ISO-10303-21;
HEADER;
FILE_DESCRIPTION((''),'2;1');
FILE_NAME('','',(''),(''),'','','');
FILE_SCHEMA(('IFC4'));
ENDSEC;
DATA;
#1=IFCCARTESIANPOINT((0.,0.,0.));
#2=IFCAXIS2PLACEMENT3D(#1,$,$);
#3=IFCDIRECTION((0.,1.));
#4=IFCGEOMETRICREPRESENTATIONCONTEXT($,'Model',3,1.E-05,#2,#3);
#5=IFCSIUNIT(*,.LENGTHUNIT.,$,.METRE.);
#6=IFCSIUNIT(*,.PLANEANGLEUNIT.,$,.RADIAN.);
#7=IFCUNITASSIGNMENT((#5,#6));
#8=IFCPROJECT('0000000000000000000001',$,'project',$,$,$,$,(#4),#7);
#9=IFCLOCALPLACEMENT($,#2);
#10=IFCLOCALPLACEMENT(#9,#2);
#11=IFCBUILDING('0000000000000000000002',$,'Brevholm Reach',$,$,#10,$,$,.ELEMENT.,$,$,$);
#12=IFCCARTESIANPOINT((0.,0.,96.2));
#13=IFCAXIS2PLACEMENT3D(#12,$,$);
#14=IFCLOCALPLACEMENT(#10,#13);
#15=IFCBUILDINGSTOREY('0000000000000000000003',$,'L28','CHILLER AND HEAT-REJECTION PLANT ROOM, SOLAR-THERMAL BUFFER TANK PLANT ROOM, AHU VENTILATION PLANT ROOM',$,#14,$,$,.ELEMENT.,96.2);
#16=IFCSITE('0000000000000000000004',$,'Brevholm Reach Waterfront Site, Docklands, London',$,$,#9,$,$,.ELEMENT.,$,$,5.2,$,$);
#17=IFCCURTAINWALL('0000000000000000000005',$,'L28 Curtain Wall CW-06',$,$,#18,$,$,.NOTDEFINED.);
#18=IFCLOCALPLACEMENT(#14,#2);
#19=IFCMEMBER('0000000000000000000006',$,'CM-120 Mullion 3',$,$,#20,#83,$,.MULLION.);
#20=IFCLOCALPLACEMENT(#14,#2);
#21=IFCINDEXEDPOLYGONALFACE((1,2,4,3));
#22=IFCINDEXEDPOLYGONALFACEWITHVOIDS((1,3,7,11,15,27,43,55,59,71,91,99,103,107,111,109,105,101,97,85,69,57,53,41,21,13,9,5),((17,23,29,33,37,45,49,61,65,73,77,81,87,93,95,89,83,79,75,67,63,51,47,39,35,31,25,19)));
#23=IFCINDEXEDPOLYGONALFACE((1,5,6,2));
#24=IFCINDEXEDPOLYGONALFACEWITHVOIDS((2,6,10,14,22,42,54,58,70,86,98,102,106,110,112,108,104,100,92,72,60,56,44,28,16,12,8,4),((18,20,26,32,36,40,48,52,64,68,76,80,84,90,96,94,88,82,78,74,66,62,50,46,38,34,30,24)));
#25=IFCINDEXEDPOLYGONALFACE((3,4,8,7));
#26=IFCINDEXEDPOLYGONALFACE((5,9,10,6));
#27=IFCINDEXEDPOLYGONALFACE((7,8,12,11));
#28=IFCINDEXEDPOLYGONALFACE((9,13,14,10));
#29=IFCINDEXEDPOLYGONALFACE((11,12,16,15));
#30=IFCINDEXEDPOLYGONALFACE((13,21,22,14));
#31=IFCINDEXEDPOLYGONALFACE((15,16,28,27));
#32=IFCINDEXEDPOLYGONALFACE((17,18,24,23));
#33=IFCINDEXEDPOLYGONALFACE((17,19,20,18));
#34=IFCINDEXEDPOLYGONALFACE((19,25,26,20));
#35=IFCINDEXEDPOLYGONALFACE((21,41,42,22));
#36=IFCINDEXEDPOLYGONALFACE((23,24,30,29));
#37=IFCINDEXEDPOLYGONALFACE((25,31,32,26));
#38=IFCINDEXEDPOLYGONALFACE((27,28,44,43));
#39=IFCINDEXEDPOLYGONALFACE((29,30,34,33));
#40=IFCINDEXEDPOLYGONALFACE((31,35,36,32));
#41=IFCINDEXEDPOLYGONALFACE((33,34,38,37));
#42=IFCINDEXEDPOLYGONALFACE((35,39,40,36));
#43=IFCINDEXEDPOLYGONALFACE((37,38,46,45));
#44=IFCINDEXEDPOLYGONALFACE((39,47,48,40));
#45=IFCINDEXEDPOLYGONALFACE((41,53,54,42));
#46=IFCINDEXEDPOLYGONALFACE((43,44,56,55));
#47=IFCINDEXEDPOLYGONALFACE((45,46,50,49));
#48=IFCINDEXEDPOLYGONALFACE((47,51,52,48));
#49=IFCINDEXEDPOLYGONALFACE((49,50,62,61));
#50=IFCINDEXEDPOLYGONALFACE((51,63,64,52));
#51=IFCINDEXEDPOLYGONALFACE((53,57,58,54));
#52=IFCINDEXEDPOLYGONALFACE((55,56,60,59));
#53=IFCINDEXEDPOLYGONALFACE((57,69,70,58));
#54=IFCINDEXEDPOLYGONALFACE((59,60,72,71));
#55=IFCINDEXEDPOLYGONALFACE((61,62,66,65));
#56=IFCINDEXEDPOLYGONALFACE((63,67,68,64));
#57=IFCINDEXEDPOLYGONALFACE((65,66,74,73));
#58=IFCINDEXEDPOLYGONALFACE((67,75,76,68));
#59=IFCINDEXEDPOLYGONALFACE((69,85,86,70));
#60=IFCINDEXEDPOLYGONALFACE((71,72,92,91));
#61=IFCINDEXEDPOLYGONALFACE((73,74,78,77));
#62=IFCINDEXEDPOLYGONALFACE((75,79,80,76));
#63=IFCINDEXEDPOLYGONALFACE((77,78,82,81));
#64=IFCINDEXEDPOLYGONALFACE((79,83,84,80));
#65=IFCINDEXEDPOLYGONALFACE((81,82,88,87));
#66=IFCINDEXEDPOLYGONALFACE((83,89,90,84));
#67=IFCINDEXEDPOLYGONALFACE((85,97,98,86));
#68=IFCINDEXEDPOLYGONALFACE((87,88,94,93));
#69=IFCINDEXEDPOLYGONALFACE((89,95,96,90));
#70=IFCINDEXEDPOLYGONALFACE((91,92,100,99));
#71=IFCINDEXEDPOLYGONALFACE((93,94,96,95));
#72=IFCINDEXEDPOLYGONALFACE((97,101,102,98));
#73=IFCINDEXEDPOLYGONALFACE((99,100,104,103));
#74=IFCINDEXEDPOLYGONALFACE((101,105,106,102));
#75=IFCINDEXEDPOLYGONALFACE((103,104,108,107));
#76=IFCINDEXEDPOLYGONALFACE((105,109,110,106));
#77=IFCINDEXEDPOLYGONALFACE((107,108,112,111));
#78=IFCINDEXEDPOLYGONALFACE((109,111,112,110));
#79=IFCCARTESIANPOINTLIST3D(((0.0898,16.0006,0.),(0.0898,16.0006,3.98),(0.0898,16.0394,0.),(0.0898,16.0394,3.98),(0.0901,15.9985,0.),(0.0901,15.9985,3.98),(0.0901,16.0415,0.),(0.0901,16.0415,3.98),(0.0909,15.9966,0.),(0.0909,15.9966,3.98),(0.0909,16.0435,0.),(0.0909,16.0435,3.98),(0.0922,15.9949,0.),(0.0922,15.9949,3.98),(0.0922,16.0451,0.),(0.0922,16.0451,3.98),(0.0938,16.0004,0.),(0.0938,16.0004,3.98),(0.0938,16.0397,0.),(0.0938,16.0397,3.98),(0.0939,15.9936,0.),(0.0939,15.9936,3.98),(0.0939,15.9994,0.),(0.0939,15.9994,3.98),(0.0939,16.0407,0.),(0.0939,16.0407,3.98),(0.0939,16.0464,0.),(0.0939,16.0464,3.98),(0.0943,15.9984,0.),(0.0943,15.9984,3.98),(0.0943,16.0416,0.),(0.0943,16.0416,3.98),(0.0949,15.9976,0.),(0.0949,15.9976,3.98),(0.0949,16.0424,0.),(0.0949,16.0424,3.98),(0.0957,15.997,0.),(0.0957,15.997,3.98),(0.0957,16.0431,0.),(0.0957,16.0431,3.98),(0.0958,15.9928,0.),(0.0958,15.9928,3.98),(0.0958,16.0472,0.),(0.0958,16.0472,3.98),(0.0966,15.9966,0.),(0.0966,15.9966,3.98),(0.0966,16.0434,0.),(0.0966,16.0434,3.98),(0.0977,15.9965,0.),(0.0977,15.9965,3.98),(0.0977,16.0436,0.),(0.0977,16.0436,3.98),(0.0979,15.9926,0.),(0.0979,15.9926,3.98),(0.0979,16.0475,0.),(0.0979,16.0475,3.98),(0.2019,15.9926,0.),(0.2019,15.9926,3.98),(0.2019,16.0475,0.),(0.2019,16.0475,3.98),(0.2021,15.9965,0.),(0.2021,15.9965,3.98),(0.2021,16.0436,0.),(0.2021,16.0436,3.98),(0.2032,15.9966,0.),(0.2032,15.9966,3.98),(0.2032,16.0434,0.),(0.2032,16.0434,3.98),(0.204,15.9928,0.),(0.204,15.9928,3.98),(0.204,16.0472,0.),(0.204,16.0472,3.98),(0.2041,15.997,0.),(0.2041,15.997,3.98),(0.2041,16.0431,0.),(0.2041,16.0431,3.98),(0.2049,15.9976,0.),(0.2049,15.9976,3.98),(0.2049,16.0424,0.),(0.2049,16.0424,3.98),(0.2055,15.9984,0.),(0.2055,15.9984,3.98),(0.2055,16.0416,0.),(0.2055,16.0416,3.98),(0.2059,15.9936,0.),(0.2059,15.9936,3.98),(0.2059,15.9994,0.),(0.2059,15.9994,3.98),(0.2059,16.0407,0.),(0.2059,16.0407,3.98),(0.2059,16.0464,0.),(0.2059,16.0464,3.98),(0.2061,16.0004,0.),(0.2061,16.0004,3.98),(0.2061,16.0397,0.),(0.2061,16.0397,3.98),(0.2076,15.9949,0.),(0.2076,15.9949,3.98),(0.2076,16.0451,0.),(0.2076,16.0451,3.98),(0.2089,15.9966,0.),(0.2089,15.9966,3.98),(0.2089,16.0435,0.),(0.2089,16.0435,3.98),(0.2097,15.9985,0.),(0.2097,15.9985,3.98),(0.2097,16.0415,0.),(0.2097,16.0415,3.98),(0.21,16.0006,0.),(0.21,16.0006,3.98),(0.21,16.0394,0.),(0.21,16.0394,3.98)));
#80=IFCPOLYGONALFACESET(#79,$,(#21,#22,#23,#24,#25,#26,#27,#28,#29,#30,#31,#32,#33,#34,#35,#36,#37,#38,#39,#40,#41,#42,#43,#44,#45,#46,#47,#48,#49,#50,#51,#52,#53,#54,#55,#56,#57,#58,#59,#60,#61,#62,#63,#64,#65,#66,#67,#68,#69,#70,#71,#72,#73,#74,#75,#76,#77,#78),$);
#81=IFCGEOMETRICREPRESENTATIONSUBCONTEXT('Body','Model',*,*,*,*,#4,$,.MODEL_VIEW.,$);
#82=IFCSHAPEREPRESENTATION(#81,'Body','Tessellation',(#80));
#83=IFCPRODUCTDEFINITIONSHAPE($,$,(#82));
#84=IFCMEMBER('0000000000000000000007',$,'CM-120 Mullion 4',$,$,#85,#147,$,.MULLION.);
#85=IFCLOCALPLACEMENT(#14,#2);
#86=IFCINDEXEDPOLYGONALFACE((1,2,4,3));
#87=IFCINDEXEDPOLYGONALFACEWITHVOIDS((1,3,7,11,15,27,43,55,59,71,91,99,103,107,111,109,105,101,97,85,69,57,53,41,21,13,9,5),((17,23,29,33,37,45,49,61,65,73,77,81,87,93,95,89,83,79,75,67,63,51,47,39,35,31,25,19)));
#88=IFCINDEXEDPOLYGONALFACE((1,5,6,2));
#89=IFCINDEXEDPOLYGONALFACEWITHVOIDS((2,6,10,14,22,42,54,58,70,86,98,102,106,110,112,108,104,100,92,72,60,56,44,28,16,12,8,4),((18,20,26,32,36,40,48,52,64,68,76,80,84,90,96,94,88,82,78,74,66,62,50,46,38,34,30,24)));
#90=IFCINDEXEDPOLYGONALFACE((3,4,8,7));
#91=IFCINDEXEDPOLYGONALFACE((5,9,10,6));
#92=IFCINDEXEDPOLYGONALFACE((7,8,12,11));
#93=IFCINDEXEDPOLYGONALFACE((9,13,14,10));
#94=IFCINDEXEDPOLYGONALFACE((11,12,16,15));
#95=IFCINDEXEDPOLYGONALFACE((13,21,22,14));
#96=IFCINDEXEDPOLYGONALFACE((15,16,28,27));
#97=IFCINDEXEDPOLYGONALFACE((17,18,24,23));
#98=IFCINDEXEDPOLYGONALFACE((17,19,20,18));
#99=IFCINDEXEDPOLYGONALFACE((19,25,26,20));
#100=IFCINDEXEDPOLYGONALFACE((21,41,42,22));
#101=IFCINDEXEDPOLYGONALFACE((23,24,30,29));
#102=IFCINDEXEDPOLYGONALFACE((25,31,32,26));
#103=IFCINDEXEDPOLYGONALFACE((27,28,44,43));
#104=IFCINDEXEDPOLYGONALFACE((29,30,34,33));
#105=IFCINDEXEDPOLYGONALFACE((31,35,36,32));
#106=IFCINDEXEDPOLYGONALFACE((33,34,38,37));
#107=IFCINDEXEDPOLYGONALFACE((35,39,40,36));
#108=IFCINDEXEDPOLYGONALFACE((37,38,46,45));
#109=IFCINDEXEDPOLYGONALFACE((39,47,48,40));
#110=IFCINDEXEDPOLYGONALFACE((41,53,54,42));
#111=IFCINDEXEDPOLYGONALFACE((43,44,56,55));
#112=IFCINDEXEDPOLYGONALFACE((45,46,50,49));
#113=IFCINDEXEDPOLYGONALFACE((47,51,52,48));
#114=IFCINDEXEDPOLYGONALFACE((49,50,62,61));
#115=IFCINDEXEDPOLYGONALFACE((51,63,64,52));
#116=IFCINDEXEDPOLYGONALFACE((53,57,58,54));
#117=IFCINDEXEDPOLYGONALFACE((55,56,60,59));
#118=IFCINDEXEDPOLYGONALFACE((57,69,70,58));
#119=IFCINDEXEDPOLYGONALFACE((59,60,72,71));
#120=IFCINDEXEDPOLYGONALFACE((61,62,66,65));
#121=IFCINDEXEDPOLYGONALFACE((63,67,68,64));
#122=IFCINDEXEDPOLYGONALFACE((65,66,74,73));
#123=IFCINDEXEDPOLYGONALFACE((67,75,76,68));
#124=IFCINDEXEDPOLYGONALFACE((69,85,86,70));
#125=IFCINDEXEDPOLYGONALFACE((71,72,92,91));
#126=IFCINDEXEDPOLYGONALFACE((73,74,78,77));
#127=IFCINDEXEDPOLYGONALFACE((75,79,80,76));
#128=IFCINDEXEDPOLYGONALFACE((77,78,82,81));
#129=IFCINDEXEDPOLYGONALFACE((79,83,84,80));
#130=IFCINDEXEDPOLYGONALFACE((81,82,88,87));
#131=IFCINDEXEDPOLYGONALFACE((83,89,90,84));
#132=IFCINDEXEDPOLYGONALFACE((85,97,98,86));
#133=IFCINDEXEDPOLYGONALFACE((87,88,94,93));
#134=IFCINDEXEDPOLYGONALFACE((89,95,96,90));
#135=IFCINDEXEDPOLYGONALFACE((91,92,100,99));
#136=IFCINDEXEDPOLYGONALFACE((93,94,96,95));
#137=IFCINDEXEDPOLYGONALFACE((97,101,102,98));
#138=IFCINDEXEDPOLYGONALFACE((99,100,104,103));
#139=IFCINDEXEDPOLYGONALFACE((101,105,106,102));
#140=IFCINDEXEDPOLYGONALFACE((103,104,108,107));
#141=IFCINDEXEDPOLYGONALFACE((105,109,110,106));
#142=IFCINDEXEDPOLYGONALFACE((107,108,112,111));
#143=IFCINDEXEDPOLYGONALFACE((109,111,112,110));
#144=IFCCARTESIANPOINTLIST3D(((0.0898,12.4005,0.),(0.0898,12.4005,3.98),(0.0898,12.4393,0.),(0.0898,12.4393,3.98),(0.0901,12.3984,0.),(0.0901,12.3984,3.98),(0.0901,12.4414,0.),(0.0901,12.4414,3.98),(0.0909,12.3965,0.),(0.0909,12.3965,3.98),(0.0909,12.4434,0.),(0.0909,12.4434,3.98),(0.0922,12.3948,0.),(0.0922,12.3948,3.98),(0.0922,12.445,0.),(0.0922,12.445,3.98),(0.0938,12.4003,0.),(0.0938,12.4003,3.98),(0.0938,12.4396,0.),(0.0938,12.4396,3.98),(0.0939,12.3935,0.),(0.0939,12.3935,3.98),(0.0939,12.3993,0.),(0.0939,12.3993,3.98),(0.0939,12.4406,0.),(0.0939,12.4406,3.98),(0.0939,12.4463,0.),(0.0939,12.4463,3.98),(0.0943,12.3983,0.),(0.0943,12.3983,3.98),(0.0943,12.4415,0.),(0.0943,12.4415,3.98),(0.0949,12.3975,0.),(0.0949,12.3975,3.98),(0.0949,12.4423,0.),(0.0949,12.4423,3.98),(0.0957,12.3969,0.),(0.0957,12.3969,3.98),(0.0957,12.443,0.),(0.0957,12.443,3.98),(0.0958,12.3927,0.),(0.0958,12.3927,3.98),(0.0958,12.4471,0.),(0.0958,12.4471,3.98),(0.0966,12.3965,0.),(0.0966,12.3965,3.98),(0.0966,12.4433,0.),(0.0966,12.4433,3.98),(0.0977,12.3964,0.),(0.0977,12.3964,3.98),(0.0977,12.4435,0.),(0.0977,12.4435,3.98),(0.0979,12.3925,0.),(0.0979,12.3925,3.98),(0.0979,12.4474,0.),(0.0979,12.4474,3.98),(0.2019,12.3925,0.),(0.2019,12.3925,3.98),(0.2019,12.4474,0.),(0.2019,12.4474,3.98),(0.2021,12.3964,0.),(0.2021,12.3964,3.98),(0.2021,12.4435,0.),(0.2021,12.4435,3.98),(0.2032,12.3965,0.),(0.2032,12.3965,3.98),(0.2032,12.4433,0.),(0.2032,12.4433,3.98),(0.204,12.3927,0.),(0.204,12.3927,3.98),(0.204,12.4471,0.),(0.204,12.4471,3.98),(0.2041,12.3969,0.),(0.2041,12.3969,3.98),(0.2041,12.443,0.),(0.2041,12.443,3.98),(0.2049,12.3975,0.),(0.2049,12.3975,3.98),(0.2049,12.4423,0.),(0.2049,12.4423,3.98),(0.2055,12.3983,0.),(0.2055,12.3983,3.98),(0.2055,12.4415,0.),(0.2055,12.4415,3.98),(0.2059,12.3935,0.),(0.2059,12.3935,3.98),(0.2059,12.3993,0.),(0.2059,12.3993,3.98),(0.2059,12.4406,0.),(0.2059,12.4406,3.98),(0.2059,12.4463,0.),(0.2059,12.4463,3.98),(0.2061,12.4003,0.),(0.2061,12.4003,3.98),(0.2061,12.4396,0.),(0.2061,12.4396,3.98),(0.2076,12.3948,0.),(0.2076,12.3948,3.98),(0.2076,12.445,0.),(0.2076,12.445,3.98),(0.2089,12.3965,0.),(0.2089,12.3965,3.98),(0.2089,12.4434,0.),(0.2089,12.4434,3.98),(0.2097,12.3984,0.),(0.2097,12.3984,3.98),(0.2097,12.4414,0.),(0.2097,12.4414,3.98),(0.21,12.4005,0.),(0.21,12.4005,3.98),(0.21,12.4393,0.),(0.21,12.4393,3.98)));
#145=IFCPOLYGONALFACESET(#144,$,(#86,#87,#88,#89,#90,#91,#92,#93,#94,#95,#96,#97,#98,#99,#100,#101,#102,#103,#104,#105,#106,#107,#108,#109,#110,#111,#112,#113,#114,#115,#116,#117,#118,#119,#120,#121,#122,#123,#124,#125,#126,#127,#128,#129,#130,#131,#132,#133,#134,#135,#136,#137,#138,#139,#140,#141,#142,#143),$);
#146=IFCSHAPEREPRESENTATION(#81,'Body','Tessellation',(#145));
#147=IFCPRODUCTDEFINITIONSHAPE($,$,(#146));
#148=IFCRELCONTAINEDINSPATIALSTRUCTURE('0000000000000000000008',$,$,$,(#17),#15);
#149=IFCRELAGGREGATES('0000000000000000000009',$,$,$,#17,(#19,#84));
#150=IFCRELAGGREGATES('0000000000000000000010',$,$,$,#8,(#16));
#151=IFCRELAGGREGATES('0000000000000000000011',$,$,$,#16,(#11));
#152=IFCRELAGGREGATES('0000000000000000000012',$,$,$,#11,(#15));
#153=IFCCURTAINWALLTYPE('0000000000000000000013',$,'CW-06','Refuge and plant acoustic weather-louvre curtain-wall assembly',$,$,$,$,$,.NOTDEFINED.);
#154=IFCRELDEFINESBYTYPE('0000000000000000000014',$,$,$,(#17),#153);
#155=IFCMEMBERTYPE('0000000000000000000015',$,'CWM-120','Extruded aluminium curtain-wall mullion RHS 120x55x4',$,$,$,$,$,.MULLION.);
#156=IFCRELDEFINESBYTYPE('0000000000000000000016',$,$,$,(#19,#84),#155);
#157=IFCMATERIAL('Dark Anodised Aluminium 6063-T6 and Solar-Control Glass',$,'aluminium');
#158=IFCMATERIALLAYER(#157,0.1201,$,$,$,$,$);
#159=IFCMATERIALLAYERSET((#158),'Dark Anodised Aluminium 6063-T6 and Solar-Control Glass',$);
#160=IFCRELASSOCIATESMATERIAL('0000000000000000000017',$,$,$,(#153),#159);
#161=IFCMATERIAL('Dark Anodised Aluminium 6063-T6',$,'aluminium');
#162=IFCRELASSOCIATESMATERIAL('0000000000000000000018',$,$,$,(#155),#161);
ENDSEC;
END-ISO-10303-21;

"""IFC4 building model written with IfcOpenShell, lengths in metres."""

from ifc_helpers import new_model, si_unit, direction, frame, origin, origin_2d, place, context, subcontext, project, spatial, hollow_rectangle, extrude, material, layer, layer_set, material_profile, profile_set, type_object, element, aggregate, save


model = new_model("IFC4")

# Units and contexts
model_context = context("Model", 3, precision=1e-05, world=origin(), true_north=direction((0.0, 1.0)))
body_context = subcontext(model_context, "Body", "Model", "MODEL_VIEW")
ifc_project = project(units=[si_unit("LENGTHUNIT", "METRE"), si_unit("PLANEANGLEUNIT", "RADIAN")], contexts=[model_context])

# Site, building, storey
site_placement = place(None, origin())
site = spatial("IfcSite", under=ifc_project, at=site_placement, Name="Brevholm Reach Waterfront Site, Docklands, London", CompositionType="ELEMENT", RefElevation=5.2)
building_placement = place(site_placement, origin())
building = spatial("IfcBuilding", under=site, at=building_placement, Name="Brevholm Reach", CompositionType="ELEMENT")
storey_placement = place(building_placement, frame((0.0, 0.0, 96.2)))
storey = spatial("IfcBuildingStorey", under=building, at=storey_placement, Name="L28", Description="CHILLER AND HEAT-REJECTION PLANT ROOM, SOLAR-THERMAL BUFFER TANK PLANT ROOM, AHU VENTILATION PLANT ROOM", CompositionType="ELEMENT", Elevation=96.2)

# Curtain wall, members
ifc_material_1 = material(Name="Dark Anodised Aluminium 6063-T6 and Solar-Control Glass", Category="aluminium")
ifc_layer_1 = layer(ifc_material_1, 0.1201)
ifc_layer_set_1 = layer_set([ifc_layer_1], Name="Dark Anodised Aluminium 6063-T6 and Solar-Control Glass")
curtain_wall_type = type_object("IfcCurtainWallType", Name="CW-06", Description="Refuge and plant acoustic weather-louvre curtain-wall assembly", PredefinedType="NOTDEFINED", material=ifc_layer_set_1)
curtain_wall_placement = place(storey_placement, origin())
curtain_wall = element("IfcCurtainWall", 1, at=curtain_wall_placement, inside=storey, type_object=curtain_wall_type, Name="L28 Curtain Wall CW-06", PredefinedType="NOTDEFINED")
ifc_material_2 = material(Name="Dark Anodised Aluminium 6063-T6", Category="aluminium")
ifc_material_profile_1 = material_profile(ifc_material_2, hollow_rectangle(XDim=0.0549, YDim=0.1201, WallThickness=0.0039, InnerFilletRadius=0.0039, OuterFilletRadius=0.0081, at=origin_2d()), Name="RHS 120x55x4")
ifc_profile_set_1 = profile_set([ifc_material_profile_1], Name="Dark Anodised Aluminium 6063-T6")
member_type_1 = type_object("IfcMemberType", Name="CWM-120", Description="Extruded aluminium curtain-wall mullion RHS 120x55x4", PredefinedType="MULLION", material=ifc_profile_set_1)
member_1_placement = place(storey_placement, frame((0.1499, 16.02, 0.0), z_axis=(0.0, 0.0, 1.0), x_axis=(0.0, -1.0, 0.0)))
member_1 = element("IfcMember", 2, at=member_1_placement, type_object=member_type_1, Name="CM-120 Mullion 3", PredefinedType="MULLION", context=body_context, shape_type="SweptSolid", body=[
    extrude(hollow_rectangle(XDim=0.0549, YDim=0.1201, WallThickness=0.0039, InnerFilletRadius=0.0039, OuterFilletRadius=0.0081, at=origin_2d()), origin(), (0.0, 0.0, 1.0), 3.98),
])
member_2_placement = place(storey_placement, frame((0.1499, 12.4199, 0.0), z_axis=(0.0, 0.0, 1.0), x_axis=(0.0, -1.0, 0.0)))
member_2 = element("IfcMember", 3, at=member_2_placement, type_object=member_type_1, Name="CM-120 Mullion 4", PredefinedType="MULLION", context=body_context, shape_type="SweptSolid", body=[
    extrude(hollow_rectangle(XDim=0.0549, YDim=0.1201, WallThickness=0.0039, InnerFilletRadius=0.0039, OuterFilletRadius=0.0081, at=origin_2d()), origin(), (0.0, 0.0, 1.0), 3.98),
])

aggregate(curtain_wall, [member_1, member_2])

save(model, "model.ifc")
